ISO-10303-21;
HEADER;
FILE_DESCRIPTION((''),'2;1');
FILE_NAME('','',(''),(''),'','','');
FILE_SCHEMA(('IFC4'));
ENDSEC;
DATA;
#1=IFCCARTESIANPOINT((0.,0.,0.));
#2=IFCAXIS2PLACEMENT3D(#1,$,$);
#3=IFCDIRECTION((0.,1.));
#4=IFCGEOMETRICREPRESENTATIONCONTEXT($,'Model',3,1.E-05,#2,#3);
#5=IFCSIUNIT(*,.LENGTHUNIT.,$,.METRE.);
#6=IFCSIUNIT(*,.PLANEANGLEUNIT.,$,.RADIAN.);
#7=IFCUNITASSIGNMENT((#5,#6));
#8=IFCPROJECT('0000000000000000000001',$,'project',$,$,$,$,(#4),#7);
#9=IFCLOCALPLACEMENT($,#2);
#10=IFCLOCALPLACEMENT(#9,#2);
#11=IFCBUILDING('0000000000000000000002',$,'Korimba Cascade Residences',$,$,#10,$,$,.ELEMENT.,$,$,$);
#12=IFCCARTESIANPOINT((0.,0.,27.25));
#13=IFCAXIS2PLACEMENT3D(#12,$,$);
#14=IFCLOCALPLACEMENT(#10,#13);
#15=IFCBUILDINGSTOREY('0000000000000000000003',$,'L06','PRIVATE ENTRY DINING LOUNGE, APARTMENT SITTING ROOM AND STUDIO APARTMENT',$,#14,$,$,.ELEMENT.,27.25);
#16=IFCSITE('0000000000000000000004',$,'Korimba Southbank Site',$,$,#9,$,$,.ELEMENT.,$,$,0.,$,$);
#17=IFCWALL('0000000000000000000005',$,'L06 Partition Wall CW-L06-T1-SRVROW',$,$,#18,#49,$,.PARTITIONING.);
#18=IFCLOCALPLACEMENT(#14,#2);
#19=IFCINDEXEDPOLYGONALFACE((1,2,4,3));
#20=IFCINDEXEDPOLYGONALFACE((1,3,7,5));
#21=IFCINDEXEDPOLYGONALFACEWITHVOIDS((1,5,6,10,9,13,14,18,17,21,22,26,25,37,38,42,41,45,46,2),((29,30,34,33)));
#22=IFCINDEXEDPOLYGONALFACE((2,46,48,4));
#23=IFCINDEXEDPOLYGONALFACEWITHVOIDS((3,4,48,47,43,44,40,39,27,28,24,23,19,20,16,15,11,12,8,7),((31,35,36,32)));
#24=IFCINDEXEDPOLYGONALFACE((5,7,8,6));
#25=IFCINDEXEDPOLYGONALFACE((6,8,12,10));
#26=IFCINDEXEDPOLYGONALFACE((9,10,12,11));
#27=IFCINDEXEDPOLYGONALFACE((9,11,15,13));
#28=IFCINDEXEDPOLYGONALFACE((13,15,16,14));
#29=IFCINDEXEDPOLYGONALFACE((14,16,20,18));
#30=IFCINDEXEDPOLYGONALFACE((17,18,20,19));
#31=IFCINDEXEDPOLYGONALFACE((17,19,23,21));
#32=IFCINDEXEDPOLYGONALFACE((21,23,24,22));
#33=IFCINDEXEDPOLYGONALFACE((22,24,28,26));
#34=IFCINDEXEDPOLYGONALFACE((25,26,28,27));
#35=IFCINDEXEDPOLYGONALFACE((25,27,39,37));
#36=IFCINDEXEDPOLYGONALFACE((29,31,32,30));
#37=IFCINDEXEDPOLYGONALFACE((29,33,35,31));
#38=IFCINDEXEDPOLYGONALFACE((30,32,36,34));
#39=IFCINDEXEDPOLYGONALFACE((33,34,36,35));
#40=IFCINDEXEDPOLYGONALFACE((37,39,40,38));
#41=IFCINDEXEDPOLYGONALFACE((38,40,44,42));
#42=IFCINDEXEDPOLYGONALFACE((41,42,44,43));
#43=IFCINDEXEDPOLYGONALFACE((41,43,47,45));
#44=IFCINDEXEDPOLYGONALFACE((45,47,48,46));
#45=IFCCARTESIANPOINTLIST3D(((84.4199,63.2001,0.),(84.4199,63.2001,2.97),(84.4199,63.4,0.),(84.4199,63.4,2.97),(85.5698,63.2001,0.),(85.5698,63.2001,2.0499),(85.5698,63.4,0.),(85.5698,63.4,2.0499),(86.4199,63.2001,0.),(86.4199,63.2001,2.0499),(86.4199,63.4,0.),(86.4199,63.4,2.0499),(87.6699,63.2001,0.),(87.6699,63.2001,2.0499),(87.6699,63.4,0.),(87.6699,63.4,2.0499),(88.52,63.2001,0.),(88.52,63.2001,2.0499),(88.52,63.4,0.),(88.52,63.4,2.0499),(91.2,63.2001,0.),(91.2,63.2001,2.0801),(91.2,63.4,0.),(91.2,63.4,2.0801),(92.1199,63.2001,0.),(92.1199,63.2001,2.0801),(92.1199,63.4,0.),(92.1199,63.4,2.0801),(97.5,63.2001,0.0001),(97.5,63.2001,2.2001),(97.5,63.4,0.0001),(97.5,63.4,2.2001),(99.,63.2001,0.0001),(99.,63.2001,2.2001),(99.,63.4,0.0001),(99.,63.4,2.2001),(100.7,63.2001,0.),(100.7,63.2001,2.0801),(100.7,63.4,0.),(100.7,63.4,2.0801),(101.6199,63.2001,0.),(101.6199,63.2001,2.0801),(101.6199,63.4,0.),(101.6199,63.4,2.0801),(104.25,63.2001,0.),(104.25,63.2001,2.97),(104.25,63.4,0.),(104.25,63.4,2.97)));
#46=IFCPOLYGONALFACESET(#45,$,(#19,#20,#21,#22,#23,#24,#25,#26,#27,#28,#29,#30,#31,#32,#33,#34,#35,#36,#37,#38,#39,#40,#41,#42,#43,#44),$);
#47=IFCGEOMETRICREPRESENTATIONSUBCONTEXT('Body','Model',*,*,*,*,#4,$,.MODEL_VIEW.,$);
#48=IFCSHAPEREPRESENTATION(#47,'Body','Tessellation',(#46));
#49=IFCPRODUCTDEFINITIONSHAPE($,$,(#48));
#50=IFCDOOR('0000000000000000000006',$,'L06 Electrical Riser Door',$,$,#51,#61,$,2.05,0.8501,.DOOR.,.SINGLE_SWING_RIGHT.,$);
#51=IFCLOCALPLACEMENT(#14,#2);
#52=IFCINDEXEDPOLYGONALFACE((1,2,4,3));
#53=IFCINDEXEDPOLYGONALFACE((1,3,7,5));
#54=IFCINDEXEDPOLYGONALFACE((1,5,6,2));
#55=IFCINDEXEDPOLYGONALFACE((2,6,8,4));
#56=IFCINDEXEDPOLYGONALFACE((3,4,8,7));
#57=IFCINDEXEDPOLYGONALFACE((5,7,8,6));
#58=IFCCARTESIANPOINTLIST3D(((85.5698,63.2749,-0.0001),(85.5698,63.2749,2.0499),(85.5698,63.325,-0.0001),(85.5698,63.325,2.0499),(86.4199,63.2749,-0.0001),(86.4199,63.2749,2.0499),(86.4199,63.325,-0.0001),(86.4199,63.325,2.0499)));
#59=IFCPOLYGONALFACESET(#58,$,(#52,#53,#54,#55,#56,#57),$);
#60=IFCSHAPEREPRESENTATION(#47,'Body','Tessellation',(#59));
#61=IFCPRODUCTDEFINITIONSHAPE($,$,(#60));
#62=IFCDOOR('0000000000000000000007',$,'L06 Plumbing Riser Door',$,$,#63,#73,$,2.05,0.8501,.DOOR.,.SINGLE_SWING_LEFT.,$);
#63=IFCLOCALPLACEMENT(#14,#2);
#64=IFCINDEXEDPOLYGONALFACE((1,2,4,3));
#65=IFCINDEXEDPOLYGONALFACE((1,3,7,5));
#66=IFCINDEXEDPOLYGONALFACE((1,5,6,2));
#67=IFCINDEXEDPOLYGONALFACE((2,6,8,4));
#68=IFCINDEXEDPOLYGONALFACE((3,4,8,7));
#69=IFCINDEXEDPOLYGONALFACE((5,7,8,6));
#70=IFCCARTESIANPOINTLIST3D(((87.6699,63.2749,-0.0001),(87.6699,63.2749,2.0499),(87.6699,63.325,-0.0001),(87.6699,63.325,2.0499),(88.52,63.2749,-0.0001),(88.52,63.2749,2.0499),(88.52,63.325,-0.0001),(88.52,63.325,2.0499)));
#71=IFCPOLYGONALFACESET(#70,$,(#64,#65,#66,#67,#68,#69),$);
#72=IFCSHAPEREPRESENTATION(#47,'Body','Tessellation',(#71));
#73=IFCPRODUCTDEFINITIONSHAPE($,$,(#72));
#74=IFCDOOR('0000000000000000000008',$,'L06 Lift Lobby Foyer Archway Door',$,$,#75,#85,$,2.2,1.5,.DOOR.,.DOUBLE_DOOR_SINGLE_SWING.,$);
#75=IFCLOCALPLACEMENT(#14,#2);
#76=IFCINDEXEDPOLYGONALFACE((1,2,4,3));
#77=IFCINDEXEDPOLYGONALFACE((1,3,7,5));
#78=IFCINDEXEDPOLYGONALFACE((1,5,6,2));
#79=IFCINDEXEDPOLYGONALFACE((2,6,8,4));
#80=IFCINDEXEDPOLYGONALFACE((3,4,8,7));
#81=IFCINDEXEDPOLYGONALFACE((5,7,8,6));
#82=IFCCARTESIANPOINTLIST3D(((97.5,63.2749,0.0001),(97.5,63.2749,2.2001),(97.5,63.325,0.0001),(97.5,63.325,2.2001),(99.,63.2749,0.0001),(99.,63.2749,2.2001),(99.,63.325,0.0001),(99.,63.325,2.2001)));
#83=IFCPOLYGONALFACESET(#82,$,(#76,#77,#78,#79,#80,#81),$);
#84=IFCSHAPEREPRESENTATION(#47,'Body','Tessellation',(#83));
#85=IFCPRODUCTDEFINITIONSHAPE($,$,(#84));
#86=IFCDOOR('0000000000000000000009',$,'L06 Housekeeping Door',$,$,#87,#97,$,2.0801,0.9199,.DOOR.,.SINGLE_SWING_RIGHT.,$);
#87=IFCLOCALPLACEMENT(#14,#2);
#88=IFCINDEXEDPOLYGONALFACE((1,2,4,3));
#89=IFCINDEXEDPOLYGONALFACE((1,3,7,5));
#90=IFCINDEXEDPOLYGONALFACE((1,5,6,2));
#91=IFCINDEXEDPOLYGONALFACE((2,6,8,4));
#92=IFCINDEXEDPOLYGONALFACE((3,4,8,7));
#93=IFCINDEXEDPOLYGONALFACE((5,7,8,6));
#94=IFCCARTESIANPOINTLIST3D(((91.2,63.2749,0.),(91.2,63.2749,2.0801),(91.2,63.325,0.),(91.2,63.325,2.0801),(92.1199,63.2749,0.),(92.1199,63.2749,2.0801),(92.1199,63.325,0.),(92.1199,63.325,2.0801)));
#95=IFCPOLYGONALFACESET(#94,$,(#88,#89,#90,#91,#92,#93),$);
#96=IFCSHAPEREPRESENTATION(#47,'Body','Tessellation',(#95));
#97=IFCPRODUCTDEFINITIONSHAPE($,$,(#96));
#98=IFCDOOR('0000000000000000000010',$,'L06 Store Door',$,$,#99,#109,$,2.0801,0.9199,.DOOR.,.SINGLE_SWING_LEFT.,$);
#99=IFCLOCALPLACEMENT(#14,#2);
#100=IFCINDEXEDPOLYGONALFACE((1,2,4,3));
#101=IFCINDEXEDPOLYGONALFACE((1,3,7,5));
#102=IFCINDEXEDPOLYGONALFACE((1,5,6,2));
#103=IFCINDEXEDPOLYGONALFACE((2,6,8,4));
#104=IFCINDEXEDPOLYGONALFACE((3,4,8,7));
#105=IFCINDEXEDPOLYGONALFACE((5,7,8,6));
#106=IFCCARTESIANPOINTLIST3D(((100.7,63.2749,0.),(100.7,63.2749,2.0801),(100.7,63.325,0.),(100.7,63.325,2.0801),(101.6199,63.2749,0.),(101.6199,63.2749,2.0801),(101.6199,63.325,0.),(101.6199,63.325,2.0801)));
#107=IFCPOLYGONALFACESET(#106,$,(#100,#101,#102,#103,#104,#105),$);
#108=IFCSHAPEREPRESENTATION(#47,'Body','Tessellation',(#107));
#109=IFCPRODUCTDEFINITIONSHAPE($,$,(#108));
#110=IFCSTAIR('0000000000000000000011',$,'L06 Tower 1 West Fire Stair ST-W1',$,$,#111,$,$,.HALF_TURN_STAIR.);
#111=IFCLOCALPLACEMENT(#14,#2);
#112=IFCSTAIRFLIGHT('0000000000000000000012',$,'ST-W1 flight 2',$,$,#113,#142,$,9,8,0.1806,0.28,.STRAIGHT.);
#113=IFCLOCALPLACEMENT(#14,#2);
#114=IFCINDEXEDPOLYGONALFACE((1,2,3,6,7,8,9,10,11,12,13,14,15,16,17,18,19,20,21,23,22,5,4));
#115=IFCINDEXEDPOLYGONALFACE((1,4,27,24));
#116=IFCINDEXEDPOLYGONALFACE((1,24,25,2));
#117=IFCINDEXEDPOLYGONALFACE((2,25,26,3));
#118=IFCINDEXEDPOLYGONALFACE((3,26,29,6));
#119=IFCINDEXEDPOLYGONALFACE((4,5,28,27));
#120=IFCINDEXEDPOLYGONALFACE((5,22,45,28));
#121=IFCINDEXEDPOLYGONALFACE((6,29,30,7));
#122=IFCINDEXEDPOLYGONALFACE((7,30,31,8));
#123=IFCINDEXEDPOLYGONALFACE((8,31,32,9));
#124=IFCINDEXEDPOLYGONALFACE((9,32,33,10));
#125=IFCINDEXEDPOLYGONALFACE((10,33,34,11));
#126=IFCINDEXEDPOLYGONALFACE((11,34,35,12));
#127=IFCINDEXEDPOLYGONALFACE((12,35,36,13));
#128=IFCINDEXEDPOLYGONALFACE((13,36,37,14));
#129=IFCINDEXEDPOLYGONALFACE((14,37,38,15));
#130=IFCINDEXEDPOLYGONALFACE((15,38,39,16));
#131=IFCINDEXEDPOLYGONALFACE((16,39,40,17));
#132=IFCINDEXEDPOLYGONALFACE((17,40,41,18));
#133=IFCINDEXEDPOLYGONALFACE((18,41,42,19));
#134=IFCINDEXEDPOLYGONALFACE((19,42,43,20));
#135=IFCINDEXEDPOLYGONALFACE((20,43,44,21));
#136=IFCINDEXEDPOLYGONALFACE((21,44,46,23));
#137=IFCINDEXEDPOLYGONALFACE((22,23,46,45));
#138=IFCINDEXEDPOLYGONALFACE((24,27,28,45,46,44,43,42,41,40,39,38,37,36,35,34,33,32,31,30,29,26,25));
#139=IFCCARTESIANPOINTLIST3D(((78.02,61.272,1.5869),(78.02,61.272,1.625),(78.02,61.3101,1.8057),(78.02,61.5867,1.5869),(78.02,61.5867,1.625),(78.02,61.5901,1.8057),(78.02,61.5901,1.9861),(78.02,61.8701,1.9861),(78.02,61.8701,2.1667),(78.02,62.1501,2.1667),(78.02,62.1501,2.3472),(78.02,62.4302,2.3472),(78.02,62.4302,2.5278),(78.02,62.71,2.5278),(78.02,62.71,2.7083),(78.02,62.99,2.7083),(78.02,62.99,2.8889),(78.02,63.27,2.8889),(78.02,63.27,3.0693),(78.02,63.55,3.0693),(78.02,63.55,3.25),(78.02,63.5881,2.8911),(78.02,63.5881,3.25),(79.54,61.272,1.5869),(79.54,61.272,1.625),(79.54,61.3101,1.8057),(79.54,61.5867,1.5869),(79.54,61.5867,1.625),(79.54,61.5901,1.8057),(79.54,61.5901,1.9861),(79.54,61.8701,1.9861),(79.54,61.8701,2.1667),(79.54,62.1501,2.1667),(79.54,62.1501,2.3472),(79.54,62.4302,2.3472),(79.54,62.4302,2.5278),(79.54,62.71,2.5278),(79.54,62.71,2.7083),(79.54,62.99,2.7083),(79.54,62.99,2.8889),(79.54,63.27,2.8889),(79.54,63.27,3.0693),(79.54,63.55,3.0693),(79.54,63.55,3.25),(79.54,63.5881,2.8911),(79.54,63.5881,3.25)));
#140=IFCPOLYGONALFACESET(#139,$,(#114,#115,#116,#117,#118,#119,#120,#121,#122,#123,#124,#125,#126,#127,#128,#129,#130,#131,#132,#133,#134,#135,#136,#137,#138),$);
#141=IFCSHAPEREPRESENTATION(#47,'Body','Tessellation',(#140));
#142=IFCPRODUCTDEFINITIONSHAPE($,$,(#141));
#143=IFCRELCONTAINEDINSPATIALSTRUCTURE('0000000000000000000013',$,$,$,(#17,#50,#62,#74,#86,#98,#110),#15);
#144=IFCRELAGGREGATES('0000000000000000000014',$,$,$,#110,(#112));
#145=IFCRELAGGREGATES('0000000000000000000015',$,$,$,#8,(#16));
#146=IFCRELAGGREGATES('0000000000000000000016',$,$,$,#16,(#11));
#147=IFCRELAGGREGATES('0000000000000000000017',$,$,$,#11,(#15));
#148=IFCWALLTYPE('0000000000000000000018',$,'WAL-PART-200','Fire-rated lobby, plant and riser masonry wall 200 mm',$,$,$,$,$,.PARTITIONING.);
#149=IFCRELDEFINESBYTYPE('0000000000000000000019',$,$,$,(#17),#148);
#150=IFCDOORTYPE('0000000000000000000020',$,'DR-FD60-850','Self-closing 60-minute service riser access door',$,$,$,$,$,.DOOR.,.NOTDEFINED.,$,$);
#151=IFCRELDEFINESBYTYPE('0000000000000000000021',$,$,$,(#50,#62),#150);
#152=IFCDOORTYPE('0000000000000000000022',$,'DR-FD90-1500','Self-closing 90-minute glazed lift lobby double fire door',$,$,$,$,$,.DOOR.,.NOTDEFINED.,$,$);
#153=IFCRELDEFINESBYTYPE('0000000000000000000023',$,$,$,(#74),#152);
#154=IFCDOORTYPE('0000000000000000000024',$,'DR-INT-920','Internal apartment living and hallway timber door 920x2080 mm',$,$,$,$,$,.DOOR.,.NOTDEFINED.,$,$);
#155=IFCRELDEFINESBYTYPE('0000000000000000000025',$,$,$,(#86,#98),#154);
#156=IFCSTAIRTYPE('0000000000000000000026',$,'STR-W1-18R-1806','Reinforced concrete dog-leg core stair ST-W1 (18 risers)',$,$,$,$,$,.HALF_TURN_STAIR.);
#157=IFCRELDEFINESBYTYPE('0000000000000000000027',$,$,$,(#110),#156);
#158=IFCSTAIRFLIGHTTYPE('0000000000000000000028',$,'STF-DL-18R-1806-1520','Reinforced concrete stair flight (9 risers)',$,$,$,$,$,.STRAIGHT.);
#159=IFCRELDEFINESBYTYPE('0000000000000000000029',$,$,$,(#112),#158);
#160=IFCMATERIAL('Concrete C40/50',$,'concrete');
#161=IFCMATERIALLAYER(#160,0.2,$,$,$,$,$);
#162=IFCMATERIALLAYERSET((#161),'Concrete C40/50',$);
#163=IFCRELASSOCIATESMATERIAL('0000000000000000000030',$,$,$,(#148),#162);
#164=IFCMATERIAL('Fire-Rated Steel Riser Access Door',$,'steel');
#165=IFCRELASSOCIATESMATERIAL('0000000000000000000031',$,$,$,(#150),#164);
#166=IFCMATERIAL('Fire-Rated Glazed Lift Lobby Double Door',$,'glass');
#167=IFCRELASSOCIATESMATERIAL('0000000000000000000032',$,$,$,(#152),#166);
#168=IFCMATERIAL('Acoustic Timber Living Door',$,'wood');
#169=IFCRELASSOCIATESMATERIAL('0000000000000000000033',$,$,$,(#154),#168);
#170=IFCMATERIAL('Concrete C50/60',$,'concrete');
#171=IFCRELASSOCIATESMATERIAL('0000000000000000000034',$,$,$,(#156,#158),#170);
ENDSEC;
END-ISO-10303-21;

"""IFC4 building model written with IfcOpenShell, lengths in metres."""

from ifc_helpers import new_model, si_unit, direction, frame, frame_2d, origin, place, context, subcontext, project, spatial, polyline, rectangle, outline, extrude, material, layer, layer_set, type_object, element, fill, aggregate, save


model = new_model("IFC4")

# Units and contexts
model_context = context("Model", 3, precision=1e-05, world=origin(), true_north=direction((0.0, 1.0)))
body_context = subcontext(model_context, "Body", "Model", "MODEL_VIEW")
ifc_project = project(units=[si_unit("LENGTHUNIT", "METRE"), si_unit("PLANEANGLEUNIT", "RADIAN")], contexts=[model_context])

# Site, building, storey
site_placement = place(None, origin())
site = spatial("IfcSite", under=ifc_project, at=site_placement, Name="Korimba Southbank Site", CompositionType="ELEMENT", RefElevation=0.0)
building_placement = place(site_placement, origin())
building = spatial("IfcBuilding", under=site, at=building_placement, Name="Korimba Cascade Residences", CompositionType="ELEMENT")
storey_placement = place(building_placement, frame((0.0, 0.0, 27.25)))
storey = spatial("IfcBuildingStorey", under=building, at=storey_placement, Name="L06", Description="PRIVATE ENTRY DINING LOUNGE, APARTMENT SITTING ROOM AND STUDIO APARTMENT", CompositionType="ELEMENT", Elevation=27.25)

# Shared definitions
ifc_material_1 = material(Name="Concrete C40/50", Category="concrete")
ifc_layer_1 = layer(ifc_material_1, 0.2)
ifc_layer_set_1 = layer_set([ifc_layer_1], Name="Concrete C40/50")
wall_type_1 = type_object("IfcWallType", Name="WAL-PART-200", Description="Fire-rated lobby, plant and riser masonry wall 200 mm", PredefinedType="PARTITIONING", material=ifc_layer_set_1)

# Wall, openings, doors
wall_1_placement = place(storey_placement, frame((84.4199, 63.3, 0.0), z_axis=(0.0, 0.0, 1.0), x_axis=(1.0, 0.0, 0.0)))
wall_1 = element("IfcWall", 1, at=wall_1_placement, inside=storey, type_object=wall_type_1, Name="L06 Partition Wall CW-L06-T1-SRVROW", PredefinedType="PARTITIONING", context=body_context, shape_type="SweptSolid", body=[
    extrude(rectangle(XDim=19.8301, YDim=0.2, at=frame_2d((9.915, 0.0))), origin(), (0.0, 0.0, 1.0), 2.97),
])
opening_1_placement = place(wall_1_placement, frame((1.1499, 0.0, 0.0)))
opening_1 = element("IfcOpeningElement", 2, at=opening_1_placement, cuts=wall_1, PredefinedType="OPENING", context=body_context, shape_type="SweptSolid", body=[
    extrude(rectangle(XDim=0.8501, YDim=2.05, at=frame_2d((0.425, 1.0249))), frame((0.0, 0.1099, 0.0), z_axis=(0.0, -1.0, 0.0), x_axis=(1.0, 0.0, 0.0)), (0.0, 0.0, 1.0), 0.22),
])
opening_2_placement = place(wall_1_placement, frame((3.25, 0.0, 0.0)))
opening_2 = element("IfcOpeningElement", 3, at=opening_2_placement, cuts=wall_1, PredefinedType="OPENING", context=body_context, shape_type="SweptSolid", body=[
    extrude(rectangle(XDim=0.8501, YDim=2.05, at=frame_2d((0.425, 1.0249))), frame((0.0, 0.1099, 0.0), z_axis=(0.0, -1.0, 0.0), x_axis=(1.0, 0.0, 0.0)), (0.0, 0.0, 1.0), 0.22),
])
opening_3_placement = place(wall_1_placement, frame((13.0801, 0.0, 0.0)))
opening_3 = element("IfcOpeningElement", 4, at=opening_3_placement, cuts=wall_1, PredefinedType="OPENING", context=body_context, shape_type="SweptSolid", body=[
    extrude(rectangle(XDim=1.5, YDim=2.2, at=frame_2d((0.75, 1.1001))), frame((0.0, 0.1099, 0.0), z_axis=(0.0, -1.0, 0.0), x_axis=(1.0, 0.0, 0.0)), (0.0, 0.0, 1.0), 0.22),
])
opening_4_placement = place(wall_1_placement, frame((6.78, 0.0, 0.0)))
opening_4 = element("IfcOpeningElement", 5, at=opening_4_placement, cuts=wall_1, PredefinedType="OPENING", context=body_context, shape_type="SweptSolid", body=[
    extrude(rectangle(XDim=0.9199, YDim=2.0801, at=frame_2d((0.46, 1.04))), frame((0.0, 0.1099, 0.0), z_axis=(0.0, -1.0, 0.0), x_axis=(1.0, 0.0, 0.0)), (0.0, 0.0, 1.0), 0.22),
])
opening_5_placement = place(wall_1_placement, frame((16.28, 0.0, 0.0)))
opening_5 = element("IfcOpeningElement", 6, at=opening_5_placement, cuts=wall_1, PredefinedType="OPENING", context=body_context, shape_type="SweptSolid", body=[
    extrude(rectangle(XDim=0.9199, YDim=2.0801, at=frame_2d((0.46, 1.04))), frame((0.0, 0.1099, 0.0), z_axis=(0.0, -1.0, 0.0), x_axis=(1.0, 0.0, 0.0)), (0.0, 0.0, 1.0), 0.22),
])
ifc_material_2 = material(Name="Fire-Rated Steel Riser Access Door", Category="steel")
door_type_1 = type_object("IfcDoorType", Name="DR-FD60-850", Description="Self-closing 60-minute service riser access door", OperationType="NOTDEFINED", PredefinedType="DOOR", material=ifc_material_2)
door_1_placement = place(opening_1_placement, origin())
door_1 = element("IfcDoor", 7, at=door_1_placement, inside=storey, type_object=door_type_1, Name="L06 Electrical Riser Door", OperationType="SINGLE_SWING_RIGHT", OverallHeight=2.05, OverallWidth=0.8501, PredefinedType="DOOR", context=body_context, shape_type="SweptSolid", body=[
    extrude(rectangle(XDim=0.8501, YDim=2.05, at=frame_2d((0.425, 1.0249))), frame((0.0, 0.0249, 0.0), z_axis=(0.0, -1.0, 0.0), x_axis=(1.0, 0.0, 0.0)), (0.0, 0.0, 1.0), 0.05),
])
fill(opening_1, door_1)
door_2_placement = place(opening_2_placement, origin())
door_2 = element("IfcDoor", 8, at=door_2_placement, inside=storey, type_object=door_type_1, Name="L06 Plumbing Riser Door", OperationType="SINGLE_SWING_LEFT", OverallHeight=2.05, OverallWidth=0.8501, PredefinedType="DOOR", context=body_context, shape_type="SweptSolid", body=[
    extrude(rectangle(XDim=0.8501, YDim=2.05, at=frame_2d((0.425, 1.0249))), frame((0.0, 0.0249, 0.0), z_axis=(0.0, -1.0, 0.0), x_axis=(1.0, 0.0, 0.0)), (0.0, 0.0, 1.0), 0.05),
])
fill(opening_2, door_2)
ifc_material_3 = material(Name="Fire-Rated Glazed Lift Lobby Double Door", Category="glass")
door_type_2 = type_object("IfcDoorType", Name="DR-FD90-1500", Description="Self-closing 90-minute glazed lift lobby double fire door", OperationType="NOTDEFINED", PredefinedType="DOOR", material=ifc_material_3)
door_3_placement = place(opening_3_placement, origin())
door_3 = element("IfcDoor", 9, at=door_3_placement, inside=storey, type_object=door_type_2, Name="L06 Lift Lobby Foyer Archway Door", OperationType="DOUBLE_DOOR_SINGLE_SWING", OverallHeight=2.2, OverallWidth=1.5, PredefinedType="DOOR", context=body_context, shape_type="SweptSolid", body=[
    extrude(rectangle(XDim=1.5, YDim=2.2, at=frame_2d((0.75, 1.1001))), frame((0.0, 0.0249, 0.0), z_axis=(0.0, -1.0, 0.0), x_axis=(1.0, 0.0, 0.0)), (0.0, 0.0, 1.0), 0.05),
])
fill(opening_3, door_3)
ifc_material_4 = material(Name="Acoustic Timber Living Door", Category="wood")
door_type_3 = type_object("IfcDoorType", Name="DR-INT-920", Description="Internal apartment living and hallway timber door 920x2080 mm", OperationType="NOTDEFINED", PredefinedType="DOOR", material=ifc_material_4)
door_4_placement = place(opening_4_placement, origin())
door_4 = element("IfcDoor", 10, at=door_4_placement, inside=storey, type_object=door_type_3, Name="L06 Housekeeping Door", OperationType="SINGLE_SWING_RIGHT", OverallHeight=2.0801, OverallWidth=0.9199, PredefinedType="DOOR", context=body_context, shape_type="SweptSolid", body=[
    extrude(rectangle(XDim=0.9199, YDim=2.0801, at=frame_2d((0.46, 1.04))), frame((0.0, 0.0249, 0.0), z_axis=(0.0, -1.0, 0.0), x_axis=(1.0, 0.0, 0.0)), (0.0, 0.0, 1.0), 0.05),
])
fill(opening_4, door_4)
door_5_placement = place(opening_5_placement, origin())
door_5 = element("IfcDoor", 11, at=door_5_placement, inside=storey, type_object=door_type_3, Name="L06 Store Door", OperationType="SINGLE_SWING_LEFT", OverallHeight=2.0801, OverallWidth=0.9199, PredefinedType="DOOR", context=body_context, shape_type="SweptSolid", body=[
    extrude(rectangle(XDim=0.9199, YDim=2.0801, at=frame_2d((0.46, 1.04))), frame((0.0, 0.0249, 0.0), z_axis=(0.0, -1.0, 0.0), x_axis=(1.0, 0.0, 0.0)), (0.0, 0.0, 1.0), 0.05),
])
fill(opening_5, door_5)

# Stair, stair flight
ifc_material_5 = material(Name="Concrete C50/60", Category="concrete")
stair_type = type_object("IfcStairType", Name="STR-W1-18R-1806", Description="Reinforced concrete dog-leg core stair ST-W1 (18 risers)", PredefinedType="HALF_TURN_STAIR", material=ifc_material_5)
stair_placement = place(storey_placement, origin())
stair = element("IfcStair", 12, at=stair_placement, inside=storey, type_object=stair_type, Name="L06 Tower 1 West Fire Stair ST-W1", PredefinedType="HALF_TURN_STAIR")
stair_flight_type = type_object("IfcStairFlightType", Name="STF-DL-18R-1806-1520", Description="Reinforced concrete stair flight (9 risers)", PredefinedType="STRAIGHT", material=ifc_material_5)
stair_flight_placement = place(storey_placement, frame((78.78, 61.3101, 1.625), z_axis=(0.0, 0.0, 1.0), x_axis=(0.0, 1.0, 0.0)))
stair_flight = element("IfcStairFlight", 13, at=stair_flight_placement, type_object=stair_flight_type, Name="ST-W1 flight 2", NumberOfRisers=9, NumberOfTreads=8, PredefinedType="STRAIGHT", RiserHeight=0.1806, TreadLength=0.28, context=body_context, shape_type="SweptSolid", body=[
    extrude(outline(polyline([(-0.0381, 0.0), (0.0, 0.1807), (0.28, 0.1807), (0.28, 0.3611), (0.5601, 0.3611), (0.5601, 0.5417), (0.8401, 0.5417), (0.8401, 0.7222), (1.1201, 0.7222), (1.1201, 0.9028), (1.3999, 0.9028), (1.3999, 1.0833), (1.6799, 1.0833), (1.6799, 1.2639), (1.96, 1.2639), (1.96, 1.4443), (2.24, 1.4443), (2.24, 1.625), (2.2781, 1.625), (2.2781, 1.2661), (0.2766, 0.0), (0.2766, -0.0381), (-0.0381, -0.0381), (-0.0381, 0.0)])), frame((0.0, 0.76, 0.0), z_axis=(0.0, -1.0, 0.0), x_axis=(1.0, 0.0, 0.0)), (0.0, 0.0, 1.0), 1.52),
])
aggregate(stair, [stair_flight])

save(model, "model.ifc")
